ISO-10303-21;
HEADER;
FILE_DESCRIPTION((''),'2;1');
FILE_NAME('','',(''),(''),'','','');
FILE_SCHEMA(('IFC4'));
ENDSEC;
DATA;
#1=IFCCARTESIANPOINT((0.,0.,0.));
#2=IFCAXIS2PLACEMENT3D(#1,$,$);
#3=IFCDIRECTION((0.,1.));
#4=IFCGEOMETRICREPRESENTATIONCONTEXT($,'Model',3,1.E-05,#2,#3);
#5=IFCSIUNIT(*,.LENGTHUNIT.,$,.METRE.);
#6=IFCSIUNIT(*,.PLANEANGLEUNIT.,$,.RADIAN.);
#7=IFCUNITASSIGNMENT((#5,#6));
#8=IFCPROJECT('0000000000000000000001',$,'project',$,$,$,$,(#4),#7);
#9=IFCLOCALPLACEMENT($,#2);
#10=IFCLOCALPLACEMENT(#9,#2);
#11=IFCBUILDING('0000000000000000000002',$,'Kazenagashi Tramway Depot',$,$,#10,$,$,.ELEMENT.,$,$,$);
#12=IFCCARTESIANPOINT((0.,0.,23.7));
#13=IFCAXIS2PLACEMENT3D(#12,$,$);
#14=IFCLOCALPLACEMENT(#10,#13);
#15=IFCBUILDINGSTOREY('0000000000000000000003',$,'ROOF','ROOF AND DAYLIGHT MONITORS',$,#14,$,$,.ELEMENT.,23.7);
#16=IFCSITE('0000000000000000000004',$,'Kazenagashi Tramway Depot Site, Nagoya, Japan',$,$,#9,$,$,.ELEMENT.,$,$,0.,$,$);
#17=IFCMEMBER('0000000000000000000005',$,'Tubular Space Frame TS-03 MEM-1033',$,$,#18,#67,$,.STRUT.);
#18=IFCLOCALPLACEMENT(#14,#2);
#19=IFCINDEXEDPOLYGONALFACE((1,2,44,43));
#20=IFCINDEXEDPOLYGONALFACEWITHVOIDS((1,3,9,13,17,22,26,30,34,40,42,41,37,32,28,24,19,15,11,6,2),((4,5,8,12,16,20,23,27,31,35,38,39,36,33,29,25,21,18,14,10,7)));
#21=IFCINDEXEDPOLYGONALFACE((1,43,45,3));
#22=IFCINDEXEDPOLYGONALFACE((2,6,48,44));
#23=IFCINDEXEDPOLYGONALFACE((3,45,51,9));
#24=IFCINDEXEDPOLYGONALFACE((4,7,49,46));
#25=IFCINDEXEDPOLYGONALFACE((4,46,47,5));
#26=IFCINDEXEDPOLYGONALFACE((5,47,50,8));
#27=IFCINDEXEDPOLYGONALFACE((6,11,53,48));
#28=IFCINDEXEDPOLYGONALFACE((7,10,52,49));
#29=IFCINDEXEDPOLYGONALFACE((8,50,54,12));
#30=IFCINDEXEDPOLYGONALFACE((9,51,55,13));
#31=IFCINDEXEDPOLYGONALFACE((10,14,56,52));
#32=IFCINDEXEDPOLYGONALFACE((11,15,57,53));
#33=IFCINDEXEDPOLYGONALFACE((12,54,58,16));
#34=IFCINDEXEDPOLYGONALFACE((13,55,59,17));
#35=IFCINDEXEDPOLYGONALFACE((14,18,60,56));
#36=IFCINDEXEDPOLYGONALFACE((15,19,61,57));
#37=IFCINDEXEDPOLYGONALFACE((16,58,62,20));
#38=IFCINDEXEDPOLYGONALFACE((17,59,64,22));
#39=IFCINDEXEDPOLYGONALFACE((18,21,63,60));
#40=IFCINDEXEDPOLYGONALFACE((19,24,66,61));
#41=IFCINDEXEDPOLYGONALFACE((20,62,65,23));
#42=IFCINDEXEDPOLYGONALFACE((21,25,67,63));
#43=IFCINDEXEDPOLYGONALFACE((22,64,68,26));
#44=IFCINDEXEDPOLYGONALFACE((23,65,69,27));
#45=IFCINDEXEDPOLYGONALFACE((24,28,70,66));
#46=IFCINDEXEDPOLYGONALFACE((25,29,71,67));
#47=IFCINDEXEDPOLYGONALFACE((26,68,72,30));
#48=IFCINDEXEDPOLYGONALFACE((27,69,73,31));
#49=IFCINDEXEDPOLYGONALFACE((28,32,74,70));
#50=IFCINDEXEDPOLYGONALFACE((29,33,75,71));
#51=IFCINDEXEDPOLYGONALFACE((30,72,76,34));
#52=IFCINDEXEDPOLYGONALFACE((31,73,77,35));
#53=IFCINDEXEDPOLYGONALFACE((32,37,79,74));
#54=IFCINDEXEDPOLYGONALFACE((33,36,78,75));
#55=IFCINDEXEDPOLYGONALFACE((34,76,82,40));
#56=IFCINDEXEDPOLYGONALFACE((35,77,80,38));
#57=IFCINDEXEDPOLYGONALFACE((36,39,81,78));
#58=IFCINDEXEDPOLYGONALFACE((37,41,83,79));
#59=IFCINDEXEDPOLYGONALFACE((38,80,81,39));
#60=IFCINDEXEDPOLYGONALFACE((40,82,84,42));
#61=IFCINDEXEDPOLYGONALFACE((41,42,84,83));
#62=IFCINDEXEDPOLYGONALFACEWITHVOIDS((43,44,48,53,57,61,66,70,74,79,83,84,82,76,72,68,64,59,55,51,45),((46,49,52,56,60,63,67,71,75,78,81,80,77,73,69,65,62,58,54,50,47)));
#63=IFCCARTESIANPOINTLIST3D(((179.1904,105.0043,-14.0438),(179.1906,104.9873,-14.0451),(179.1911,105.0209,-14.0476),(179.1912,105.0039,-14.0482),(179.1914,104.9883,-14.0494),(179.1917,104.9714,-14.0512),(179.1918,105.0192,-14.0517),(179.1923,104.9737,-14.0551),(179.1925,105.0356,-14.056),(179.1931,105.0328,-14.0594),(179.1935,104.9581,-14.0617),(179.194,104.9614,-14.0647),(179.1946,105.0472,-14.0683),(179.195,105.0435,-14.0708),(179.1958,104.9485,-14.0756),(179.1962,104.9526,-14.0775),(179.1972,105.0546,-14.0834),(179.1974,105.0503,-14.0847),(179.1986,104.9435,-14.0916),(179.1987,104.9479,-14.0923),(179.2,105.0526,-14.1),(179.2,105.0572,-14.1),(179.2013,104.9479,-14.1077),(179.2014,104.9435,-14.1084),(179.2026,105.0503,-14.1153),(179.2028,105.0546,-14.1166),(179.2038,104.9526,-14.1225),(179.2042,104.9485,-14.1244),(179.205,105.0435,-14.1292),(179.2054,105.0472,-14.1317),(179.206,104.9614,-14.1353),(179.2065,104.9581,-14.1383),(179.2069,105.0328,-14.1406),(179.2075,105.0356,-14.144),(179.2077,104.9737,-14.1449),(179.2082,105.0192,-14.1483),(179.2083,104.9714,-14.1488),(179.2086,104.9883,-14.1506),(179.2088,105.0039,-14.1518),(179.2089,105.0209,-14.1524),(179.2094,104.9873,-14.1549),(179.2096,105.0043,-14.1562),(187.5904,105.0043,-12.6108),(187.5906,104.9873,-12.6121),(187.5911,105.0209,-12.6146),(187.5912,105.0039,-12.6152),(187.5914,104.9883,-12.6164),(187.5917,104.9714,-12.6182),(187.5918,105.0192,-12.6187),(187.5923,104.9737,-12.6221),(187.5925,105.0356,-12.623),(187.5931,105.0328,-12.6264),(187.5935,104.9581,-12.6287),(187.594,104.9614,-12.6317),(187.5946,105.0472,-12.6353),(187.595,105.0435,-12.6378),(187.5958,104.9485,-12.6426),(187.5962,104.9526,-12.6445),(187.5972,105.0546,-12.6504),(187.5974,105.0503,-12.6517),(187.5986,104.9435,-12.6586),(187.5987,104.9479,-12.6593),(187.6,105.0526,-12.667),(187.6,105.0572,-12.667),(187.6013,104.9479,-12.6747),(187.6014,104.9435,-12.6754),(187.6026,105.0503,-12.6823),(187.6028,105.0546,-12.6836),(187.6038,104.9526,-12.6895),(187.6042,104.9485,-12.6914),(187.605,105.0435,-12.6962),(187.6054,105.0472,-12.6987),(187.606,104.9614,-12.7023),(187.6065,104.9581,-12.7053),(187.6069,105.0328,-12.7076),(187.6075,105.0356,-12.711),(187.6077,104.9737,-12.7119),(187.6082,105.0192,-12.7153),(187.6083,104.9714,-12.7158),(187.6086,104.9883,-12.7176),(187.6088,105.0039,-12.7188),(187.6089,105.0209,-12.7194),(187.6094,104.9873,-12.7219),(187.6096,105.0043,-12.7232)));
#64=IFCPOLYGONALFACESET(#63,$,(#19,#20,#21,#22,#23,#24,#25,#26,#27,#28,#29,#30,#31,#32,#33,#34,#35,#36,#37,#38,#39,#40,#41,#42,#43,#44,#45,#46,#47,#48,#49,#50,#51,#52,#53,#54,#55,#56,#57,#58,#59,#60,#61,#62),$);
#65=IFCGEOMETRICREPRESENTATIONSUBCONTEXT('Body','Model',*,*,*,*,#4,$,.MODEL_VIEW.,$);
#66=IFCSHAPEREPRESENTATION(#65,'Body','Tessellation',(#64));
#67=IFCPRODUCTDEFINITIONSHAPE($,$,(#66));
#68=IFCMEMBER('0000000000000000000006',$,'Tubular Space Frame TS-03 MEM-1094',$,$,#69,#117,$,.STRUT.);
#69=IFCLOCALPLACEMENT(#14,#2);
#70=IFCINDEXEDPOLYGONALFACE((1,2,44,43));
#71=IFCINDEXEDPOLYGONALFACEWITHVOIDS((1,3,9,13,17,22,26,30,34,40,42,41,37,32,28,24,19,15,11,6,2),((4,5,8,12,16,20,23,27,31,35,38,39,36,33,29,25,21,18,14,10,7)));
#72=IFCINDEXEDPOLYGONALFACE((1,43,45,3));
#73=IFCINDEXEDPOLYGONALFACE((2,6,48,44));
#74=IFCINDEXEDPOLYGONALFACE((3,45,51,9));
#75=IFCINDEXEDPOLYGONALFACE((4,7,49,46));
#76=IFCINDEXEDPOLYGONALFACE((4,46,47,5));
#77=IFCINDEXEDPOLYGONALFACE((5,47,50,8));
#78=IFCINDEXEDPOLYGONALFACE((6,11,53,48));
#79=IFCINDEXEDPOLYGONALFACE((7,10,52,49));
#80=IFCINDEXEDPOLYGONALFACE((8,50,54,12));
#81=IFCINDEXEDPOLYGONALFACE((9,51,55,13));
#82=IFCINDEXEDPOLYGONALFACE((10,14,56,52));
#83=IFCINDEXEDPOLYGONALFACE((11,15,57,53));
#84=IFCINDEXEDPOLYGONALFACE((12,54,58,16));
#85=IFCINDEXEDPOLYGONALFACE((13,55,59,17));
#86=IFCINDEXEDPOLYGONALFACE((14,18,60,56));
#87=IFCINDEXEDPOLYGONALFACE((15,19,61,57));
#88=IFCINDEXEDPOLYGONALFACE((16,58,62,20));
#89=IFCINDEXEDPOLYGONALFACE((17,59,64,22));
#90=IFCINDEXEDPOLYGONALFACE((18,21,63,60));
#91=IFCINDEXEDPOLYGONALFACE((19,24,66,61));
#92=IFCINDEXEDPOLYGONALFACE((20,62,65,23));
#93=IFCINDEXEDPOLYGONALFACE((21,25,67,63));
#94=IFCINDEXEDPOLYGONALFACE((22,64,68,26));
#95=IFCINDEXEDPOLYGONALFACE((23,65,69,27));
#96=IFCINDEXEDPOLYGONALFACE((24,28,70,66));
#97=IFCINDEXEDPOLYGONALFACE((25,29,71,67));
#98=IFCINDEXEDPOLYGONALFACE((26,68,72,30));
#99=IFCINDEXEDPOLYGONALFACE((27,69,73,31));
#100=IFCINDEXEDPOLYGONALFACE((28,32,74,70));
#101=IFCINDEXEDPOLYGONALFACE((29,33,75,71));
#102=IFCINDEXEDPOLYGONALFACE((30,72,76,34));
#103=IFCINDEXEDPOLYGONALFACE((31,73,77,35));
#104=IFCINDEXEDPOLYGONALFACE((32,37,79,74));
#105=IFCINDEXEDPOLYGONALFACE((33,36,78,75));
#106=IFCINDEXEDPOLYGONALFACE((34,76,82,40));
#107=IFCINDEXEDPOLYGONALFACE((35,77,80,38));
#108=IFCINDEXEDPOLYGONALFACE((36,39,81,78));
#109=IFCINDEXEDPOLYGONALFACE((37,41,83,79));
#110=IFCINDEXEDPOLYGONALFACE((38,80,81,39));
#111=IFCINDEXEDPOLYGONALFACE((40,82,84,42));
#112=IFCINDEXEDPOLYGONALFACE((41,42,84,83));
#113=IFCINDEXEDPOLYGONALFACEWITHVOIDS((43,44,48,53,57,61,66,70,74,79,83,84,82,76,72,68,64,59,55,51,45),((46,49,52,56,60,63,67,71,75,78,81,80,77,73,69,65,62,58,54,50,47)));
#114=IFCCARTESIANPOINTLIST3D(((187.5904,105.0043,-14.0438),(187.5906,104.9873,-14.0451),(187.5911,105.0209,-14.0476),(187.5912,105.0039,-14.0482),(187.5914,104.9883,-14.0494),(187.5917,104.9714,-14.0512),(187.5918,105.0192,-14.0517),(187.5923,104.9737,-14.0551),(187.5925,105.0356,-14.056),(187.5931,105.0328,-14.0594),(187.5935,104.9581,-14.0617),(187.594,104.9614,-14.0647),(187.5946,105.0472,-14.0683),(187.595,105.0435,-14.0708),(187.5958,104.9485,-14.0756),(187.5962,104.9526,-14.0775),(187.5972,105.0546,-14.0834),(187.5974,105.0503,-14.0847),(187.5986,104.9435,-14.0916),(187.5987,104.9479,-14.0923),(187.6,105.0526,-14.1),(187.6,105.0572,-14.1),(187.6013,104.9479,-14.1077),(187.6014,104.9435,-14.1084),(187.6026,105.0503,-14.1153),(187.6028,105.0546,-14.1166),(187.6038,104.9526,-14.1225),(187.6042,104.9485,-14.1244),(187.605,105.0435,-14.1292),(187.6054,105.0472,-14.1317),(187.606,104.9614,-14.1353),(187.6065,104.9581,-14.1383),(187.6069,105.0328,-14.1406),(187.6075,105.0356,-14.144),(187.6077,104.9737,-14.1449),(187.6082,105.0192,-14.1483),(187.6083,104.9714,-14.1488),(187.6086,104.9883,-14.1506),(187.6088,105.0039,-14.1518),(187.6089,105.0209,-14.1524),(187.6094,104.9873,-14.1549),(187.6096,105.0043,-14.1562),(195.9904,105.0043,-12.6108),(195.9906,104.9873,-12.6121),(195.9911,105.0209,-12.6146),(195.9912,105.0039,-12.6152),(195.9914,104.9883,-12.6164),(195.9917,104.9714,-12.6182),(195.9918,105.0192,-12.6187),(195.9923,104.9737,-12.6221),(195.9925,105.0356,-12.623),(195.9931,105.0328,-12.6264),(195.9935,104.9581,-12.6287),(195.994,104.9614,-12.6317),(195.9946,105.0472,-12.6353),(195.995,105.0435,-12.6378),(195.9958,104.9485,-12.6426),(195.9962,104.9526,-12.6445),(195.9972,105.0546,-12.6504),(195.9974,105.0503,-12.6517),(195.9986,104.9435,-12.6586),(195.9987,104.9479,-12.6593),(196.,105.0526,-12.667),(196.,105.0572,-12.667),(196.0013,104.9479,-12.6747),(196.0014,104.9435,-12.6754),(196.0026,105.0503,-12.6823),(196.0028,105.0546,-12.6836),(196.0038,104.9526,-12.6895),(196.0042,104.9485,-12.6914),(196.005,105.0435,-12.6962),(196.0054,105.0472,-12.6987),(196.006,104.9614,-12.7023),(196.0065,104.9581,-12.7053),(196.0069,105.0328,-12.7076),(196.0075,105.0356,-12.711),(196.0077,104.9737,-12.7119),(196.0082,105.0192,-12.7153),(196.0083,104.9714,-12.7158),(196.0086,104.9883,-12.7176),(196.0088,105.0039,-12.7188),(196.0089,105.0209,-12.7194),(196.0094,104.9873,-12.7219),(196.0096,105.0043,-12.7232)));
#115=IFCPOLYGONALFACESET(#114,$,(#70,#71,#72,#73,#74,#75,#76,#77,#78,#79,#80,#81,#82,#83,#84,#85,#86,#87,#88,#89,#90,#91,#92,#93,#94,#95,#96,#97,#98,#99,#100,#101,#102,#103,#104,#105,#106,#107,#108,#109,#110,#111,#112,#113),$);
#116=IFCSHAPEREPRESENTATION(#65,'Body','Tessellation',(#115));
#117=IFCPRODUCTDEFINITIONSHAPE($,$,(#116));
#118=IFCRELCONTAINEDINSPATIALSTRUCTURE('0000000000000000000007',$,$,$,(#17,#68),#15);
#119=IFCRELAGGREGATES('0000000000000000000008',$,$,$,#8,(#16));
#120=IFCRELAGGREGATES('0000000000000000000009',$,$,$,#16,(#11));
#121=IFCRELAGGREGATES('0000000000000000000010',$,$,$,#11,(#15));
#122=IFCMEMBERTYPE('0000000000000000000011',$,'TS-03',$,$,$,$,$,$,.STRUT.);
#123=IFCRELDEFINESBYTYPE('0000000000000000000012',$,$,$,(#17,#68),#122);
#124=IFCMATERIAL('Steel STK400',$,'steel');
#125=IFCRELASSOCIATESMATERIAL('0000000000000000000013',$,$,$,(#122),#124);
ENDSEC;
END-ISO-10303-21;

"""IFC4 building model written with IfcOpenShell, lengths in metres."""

from ifc_helpers import new_model, si_unit, direction, frame, origin, origin_2d, place, context, subcontext, project, spatial, hollow_circle, extrude, material, material_profile, profile_set, type_object, element, save


model = new_model("IFC4")

# Units and contexts
model_context = context("Model", 3, precision=1e-05, world=origin(), true_north=direction((0.0, 1.0)))
body_context = subcontext(model_context, "Body", "Model", "MODEL_VIEW")
ifc_project = project(units=[si_unit("LENGTHUNIT", "METRE"), si_unit("PLANEANGLEUNIT", "RADIAN")], contexts=[model_context])

# Site, building, storey
site_placement = place(None, origin())
site = spatial("IfcSite", under=ifc_project, at=site_placement, Name="Kazenagashi Tramway Depot Site, Nagoya, Japan", CompositionType="ELEMENT", RefElevation=0.0)
building_placement = place(site_placement, origin())
building = spatial("IfcBuilding", under=site, at=building_placement, Name="Kazenagashi Tramway Depot", CompositionType="ELEMENT")
storey_placement = place(building_placement, frame((0.0, 0.0, 23.7)))
storey = spatial("IfcBuildingStorey", under=building, at=storey_placement, Name="ROOF", Description="ROOF AND DAYLIGHT MONITORS", CompositionType="ELEMENT", Elevation=23.7)

# Members
ifc_material_1 = material(Name="Steel STK400", Category="steel")
ifc_material_profile_1 = material_profile(ifc_material_1, hollow_circle(Radius=0.0571, WallThickness=0.0045, at=origin_2d()), Name="CHS-114.3x4.5")
ifc_profile_set_1 = profile_set([ifc_material_profile_1], Name="Steel STK400")
member_type_1 = type_object("IfcMemberType", Name="TS-03", PredefinedType="STRUT", material=ifc_profile_set_1)
for number, where, z_axis, x_axis, name in (
    (1, (179.2, 105.0, -14.1), (0.985759, 0.0, 0.168166), (0.0, 1.0, 0.0), "Tubular Space Frame TS-03 MEM-1033"),
    (2, (187.6, 105.0, -14.1), (0.985759, 0.0, 0.168166), (0.0, 1.0, 0.0), "Tubular Space Frame TS-03 MEM-1094"),
):
    element("IfcMember", number, at=place(storey_placement, frame(where, z_axis=z_axis, x_axis=x_axis)), inside=storey, type_object=member_type_1, Name=name, PredefinedType="STRUT", context=body_context, shape_type="SweptSolid", body=[
        extrude(hollow_circle(Radius=0.0571, WallThickness=0.0045, at=origin_2d()), origin(), (0.0, 0.0, 1.0), 8.5214),
    ])

save(model, "model.ifc")
